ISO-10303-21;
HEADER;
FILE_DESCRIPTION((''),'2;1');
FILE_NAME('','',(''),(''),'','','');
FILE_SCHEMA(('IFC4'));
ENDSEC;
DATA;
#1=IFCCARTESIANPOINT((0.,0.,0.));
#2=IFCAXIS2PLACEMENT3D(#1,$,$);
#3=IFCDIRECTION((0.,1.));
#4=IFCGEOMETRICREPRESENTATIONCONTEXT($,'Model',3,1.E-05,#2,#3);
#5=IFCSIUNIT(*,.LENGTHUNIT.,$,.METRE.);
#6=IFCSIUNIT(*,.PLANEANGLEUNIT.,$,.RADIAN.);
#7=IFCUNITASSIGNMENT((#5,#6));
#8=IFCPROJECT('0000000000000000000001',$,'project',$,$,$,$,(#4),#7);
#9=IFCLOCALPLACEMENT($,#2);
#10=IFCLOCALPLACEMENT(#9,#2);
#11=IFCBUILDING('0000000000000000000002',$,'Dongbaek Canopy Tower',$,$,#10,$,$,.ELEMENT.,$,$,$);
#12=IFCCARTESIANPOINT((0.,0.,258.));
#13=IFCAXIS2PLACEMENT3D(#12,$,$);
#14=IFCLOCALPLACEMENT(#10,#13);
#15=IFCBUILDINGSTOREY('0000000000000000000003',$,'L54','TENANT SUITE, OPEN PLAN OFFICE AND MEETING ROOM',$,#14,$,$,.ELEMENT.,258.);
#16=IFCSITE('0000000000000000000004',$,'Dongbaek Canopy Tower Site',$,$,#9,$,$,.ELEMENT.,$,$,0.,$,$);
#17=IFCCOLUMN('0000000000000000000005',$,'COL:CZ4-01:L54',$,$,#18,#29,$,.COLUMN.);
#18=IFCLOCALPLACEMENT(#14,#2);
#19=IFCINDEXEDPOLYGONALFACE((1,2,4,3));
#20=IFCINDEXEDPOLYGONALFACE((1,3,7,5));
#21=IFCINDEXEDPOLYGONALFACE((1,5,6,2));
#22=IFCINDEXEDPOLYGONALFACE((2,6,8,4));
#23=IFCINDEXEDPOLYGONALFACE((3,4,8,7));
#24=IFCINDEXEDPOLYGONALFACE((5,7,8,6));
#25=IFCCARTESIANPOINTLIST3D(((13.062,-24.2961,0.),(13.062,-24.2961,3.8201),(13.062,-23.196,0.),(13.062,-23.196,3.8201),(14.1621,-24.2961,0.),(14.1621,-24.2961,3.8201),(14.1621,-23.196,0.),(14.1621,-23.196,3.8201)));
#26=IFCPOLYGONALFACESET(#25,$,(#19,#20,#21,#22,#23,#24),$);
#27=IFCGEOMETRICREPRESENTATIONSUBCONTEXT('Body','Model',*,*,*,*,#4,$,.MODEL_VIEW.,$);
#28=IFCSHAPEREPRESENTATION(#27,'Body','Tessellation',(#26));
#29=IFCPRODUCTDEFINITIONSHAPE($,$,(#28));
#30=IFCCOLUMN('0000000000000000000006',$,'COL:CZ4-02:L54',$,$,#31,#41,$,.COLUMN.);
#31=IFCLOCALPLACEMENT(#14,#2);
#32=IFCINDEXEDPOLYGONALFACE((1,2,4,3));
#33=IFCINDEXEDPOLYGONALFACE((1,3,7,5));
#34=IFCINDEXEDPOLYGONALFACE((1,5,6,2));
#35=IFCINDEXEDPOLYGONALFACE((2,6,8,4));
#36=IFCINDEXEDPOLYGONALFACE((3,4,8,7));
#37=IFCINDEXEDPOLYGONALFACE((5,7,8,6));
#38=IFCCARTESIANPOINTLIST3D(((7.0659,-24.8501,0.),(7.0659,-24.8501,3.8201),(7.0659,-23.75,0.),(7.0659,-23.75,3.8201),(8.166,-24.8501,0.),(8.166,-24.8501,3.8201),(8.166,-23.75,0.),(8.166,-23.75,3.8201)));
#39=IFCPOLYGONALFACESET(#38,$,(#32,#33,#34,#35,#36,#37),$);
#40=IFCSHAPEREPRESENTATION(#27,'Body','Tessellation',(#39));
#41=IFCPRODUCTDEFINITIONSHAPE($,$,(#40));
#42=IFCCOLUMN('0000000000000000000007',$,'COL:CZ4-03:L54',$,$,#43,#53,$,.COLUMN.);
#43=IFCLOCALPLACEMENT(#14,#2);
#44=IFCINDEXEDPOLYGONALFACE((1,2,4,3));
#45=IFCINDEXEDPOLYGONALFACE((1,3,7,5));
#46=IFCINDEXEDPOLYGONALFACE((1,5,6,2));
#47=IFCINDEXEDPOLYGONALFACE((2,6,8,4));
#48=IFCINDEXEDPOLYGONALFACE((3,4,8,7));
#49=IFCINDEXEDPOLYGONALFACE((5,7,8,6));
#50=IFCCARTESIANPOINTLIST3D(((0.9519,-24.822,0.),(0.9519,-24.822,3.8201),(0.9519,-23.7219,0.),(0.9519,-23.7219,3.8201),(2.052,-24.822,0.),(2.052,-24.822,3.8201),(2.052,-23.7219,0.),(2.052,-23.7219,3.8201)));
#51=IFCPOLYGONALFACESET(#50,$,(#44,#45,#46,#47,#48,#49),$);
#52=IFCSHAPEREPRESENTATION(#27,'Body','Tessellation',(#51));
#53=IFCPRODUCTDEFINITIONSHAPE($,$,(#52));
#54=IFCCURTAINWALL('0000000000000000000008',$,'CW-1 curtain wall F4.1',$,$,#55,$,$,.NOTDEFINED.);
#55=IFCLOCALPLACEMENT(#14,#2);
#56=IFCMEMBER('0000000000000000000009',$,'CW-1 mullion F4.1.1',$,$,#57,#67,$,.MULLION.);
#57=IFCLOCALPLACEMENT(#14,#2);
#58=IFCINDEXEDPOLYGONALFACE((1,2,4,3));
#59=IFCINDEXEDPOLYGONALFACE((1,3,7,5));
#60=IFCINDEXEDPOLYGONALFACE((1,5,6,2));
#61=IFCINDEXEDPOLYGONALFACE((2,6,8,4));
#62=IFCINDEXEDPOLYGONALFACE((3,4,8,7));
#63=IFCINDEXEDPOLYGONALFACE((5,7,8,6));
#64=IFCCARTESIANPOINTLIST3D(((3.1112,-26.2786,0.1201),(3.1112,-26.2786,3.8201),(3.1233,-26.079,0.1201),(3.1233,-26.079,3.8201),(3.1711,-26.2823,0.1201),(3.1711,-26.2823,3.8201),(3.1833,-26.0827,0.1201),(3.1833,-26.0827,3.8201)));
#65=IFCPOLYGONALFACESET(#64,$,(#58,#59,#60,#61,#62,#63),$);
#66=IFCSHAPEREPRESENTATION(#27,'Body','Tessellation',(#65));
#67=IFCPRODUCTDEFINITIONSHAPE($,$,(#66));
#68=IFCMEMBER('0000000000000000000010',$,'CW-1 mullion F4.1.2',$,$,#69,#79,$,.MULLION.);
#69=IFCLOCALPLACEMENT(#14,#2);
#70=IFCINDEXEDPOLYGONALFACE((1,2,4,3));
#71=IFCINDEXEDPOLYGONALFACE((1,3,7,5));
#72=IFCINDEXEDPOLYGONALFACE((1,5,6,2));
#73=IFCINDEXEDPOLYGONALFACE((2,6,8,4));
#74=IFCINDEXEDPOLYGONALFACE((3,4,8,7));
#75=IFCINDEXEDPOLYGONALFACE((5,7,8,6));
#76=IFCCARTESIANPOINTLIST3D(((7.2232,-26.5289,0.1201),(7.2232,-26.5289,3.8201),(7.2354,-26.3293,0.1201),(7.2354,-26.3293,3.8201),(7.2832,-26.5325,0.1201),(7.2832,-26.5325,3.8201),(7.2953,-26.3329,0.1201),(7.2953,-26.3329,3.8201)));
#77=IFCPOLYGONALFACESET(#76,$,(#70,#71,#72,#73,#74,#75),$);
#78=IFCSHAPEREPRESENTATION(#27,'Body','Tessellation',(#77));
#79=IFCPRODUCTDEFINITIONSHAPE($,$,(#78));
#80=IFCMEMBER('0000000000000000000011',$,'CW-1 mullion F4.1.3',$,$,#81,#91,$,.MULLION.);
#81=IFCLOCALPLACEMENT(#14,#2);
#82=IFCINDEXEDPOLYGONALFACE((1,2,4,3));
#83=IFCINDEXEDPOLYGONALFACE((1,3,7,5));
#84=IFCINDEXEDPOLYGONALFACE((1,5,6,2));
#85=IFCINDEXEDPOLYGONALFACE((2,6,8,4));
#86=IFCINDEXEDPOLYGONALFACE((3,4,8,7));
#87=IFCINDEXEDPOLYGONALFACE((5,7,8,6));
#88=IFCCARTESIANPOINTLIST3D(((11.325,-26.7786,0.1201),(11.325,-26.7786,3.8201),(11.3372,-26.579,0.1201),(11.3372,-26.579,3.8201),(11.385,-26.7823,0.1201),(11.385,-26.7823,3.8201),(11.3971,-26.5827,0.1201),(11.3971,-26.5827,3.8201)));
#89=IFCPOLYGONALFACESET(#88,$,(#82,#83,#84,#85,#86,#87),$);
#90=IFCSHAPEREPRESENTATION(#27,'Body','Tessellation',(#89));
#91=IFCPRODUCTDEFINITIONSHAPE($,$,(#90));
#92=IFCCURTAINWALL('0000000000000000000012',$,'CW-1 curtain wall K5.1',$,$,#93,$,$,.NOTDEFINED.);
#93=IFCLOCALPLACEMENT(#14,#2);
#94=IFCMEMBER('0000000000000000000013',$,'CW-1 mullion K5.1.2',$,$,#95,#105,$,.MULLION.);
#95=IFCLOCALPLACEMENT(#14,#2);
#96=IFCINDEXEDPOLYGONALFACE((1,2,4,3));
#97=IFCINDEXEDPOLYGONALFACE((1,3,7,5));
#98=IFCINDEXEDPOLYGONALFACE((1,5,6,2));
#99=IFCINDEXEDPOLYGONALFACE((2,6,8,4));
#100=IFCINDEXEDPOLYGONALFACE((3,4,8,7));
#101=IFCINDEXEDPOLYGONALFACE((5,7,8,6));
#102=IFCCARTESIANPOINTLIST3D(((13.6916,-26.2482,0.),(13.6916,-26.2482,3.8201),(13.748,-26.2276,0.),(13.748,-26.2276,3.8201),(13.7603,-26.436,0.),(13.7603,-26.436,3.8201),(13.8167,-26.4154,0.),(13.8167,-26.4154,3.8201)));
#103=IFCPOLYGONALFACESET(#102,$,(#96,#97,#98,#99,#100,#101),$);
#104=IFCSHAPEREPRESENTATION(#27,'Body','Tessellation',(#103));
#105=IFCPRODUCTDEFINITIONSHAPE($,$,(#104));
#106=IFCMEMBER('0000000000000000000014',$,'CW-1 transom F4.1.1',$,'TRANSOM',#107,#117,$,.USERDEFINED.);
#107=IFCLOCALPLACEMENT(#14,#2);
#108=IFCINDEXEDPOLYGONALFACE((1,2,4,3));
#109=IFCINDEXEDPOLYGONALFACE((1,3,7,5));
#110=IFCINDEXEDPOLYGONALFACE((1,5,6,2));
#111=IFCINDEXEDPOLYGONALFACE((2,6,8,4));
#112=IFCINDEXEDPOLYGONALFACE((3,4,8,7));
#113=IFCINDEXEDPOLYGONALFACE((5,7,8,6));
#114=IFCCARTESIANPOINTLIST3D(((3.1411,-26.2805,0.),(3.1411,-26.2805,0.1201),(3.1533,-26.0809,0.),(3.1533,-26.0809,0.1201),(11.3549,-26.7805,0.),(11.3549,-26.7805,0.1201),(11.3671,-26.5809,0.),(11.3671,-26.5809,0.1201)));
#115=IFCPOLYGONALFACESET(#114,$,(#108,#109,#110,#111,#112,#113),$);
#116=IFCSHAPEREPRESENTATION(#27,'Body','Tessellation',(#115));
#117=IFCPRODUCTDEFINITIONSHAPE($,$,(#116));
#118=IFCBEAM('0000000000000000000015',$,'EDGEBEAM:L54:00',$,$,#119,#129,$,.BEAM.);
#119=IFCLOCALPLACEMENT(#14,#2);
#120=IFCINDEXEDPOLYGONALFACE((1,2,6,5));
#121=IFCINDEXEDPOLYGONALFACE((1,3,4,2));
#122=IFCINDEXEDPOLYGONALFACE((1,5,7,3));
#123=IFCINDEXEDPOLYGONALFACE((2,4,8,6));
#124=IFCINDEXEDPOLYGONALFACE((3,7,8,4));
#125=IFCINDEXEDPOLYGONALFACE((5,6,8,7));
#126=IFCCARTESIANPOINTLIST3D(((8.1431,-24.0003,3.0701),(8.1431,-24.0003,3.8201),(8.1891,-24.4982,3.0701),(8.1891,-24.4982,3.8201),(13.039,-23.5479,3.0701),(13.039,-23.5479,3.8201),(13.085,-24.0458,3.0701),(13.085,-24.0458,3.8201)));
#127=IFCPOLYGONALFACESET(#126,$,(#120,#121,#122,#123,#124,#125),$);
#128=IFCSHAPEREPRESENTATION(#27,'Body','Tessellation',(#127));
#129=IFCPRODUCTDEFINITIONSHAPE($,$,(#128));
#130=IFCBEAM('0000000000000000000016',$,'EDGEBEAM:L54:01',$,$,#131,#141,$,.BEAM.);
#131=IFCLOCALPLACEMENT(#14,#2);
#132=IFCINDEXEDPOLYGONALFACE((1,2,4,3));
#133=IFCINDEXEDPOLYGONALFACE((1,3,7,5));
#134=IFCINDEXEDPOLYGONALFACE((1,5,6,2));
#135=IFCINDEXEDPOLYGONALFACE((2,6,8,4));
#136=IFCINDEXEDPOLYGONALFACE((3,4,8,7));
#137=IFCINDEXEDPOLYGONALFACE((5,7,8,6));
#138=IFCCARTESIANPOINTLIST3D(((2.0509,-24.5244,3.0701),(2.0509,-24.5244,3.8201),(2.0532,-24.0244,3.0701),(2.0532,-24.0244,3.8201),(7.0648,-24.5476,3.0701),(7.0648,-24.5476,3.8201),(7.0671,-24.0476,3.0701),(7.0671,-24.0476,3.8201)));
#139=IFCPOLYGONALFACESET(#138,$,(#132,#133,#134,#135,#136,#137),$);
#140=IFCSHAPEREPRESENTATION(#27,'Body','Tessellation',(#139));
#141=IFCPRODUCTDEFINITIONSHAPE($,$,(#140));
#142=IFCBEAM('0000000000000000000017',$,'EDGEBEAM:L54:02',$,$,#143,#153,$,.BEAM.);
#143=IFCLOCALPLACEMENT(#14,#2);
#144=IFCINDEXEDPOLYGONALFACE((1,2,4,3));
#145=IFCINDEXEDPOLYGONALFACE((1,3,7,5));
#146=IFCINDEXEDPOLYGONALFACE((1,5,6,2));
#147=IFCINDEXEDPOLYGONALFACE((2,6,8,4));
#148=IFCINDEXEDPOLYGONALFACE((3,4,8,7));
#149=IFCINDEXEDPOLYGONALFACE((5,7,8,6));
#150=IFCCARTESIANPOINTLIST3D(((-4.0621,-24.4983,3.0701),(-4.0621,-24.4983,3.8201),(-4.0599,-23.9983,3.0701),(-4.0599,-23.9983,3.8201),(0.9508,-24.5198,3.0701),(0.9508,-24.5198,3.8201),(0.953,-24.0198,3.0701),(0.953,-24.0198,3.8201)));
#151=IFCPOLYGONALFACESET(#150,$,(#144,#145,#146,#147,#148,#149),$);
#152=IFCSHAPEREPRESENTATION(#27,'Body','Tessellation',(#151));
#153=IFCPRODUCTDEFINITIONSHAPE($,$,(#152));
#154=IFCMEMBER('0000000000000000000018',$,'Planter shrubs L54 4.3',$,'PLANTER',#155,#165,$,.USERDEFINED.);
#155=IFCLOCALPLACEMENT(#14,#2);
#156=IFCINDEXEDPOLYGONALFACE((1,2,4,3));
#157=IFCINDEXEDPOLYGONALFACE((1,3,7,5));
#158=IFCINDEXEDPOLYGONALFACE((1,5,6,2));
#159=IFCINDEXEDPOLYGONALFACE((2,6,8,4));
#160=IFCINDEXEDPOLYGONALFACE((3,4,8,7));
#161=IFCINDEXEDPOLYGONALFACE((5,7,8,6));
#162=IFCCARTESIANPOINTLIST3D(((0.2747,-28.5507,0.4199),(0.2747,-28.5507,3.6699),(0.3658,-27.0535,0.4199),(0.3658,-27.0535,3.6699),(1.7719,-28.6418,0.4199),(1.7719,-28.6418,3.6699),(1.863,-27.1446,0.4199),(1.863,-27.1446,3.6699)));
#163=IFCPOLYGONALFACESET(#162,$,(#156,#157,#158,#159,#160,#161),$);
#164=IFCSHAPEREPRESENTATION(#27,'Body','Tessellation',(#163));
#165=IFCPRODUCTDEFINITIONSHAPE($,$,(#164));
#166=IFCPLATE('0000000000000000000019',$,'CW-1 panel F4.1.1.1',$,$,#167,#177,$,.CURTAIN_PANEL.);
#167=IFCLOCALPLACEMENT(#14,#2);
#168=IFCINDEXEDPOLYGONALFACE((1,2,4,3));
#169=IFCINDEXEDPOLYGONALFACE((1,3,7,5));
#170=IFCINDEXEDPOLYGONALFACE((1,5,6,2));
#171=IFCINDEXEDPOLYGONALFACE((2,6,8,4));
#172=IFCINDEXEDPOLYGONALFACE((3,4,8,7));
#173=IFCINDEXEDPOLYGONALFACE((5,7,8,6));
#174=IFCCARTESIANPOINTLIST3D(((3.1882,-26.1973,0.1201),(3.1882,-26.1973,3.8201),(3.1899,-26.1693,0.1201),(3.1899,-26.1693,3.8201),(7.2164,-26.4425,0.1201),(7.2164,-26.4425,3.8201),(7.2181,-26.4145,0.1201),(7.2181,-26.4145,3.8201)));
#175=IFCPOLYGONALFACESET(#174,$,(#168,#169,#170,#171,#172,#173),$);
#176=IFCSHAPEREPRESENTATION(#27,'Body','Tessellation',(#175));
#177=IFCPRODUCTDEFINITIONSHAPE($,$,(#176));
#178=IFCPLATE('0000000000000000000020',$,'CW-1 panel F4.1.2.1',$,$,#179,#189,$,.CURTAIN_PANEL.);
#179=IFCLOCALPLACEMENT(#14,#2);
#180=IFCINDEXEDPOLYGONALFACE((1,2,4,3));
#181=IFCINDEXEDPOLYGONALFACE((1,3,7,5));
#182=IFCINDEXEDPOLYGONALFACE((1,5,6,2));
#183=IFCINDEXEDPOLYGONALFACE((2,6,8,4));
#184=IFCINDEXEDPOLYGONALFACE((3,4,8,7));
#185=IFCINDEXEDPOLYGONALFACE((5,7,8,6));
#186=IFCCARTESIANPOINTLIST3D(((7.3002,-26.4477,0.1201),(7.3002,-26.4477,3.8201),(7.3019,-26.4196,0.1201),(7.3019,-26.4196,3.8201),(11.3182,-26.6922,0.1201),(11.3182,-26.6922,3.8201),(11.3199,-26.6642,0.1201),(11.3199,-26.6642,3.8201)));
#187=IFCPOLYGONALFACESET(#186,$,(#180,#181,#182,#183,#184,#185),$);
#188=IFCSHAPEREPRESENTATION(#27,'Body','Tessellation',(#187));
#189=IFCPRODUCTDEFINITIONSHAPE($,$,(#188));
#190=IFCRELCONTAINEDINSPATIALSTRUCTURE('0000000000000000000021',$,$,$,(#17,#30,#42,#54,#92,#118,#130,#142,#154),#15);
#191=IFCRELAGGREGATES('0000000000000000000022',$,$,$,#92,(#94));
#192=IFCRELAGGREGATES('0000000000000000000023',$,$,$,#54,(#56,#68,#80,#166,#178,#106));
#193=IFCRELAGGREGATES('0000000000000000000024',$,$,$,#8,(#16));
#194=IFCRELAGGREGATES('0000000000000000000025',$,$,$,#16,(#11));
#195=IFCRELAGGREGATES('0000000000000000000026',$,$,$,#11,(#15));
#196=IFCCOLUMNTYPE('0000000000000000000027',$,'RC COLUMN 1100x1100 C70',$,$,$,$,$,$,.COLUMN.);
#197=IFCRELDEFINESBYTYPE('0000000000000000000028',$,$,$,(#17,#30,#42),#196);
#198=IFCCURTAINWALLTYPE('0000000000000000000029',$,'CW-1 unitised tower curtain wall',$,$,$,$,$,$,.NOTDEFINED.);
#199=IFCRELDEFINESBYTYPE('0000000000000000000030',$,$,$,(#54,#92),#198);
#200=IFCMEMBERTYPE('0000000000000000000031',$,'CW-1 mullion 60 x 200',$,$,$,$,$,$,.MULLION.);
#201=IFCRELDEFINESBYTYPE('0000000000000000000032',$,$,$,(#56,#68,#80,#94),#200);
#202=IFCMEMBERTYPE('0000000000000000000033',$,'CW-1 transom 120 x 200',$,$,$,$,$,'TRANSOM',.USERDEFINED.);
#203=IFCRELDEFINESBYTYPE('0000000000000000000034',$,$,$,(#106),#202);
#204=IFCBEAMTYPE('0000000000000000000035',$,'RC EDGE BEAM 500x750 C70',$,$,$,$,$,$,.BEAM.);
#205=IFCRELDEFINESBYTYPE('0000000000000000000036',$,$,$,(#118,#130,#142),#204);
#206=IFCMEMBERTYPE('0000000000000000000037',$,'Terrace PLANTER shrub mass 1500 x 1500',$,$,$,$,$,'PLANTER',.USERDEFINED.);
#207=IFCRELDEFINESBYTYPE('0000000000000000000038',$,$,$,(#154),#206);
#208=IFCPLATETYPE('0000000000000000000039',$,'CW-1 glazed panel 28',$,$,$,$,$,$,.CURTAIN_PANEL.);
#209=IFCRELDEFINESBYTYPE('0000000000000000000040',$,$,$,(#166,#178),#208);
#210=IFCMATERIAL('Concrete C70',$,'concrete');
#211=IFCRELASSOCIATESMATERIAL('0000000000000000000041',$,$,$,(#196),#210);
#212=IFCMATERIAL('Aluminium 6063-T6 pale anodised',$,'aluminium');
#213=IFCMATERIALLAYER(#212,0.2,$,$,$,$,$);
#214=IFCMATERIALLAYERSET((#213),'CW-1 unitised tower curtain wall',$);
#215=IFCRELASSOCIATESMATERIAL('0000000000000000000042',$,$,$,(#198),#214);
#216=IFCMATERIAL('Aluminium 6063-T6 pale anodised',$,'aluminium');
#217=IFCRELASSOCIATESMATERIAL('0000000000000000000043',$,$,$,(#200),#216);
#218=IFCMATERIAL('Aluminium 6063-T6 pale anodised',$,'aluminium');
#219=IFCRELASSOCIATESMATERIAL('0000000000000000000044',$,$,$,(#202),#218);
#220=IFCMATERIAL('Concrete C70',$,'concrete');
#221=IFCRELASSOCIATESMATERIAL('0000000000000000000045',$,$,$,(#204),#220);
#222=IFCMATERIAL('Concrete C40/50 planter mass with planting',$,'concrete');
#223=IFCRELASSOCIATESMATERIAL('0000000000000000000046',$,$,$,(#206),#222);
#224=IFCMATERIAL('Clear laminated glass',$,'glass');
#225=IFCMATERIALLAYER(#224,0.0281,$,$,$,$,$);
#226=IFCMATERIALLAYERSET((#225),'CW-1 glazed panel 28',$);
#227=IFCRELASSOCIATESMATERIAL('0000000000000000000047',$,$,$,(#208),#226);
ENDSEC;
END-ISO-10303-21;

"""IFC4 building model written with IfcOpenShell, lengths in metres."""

from ifc_helpers import new_model, si_unit, direction, frame, origin, origin_2d, place, context, subcontext, project, spatial, rectangle, extrude, material, layer, layer_set, material_profile, profile_set, type_object, element, aggregate, save


model = new_model("IFC4")

# Units and contexts
model_context = context("Model", 3, precision=1e-05, world=origin(), true_north=direction((0.0, 1.0)))
body_context = subcontext(model_context, "Body", "Model", "MODEL_VIEW")
ifc_project = project(units=[si_unit("LENGTHUNIT", "METRE"), si_unit("PLANEANGLEUNIT", "RADIAN")], contexts=[model_context])

# Site, building, storey
site_placement = place(None, origin())
site = spatial("IfcSite", under=ifc_project, at=site_placement, Name="Dongbaek Canopy Tower Site", CompositionType="ELEMENT", RefElevation=0.0)
building_placement = place(site_placement, origin())
building = spatial("IfcBuilding", under=site, at=building_placement, Name="Dongbaek Canopy Tower", CompositionType="ELEMENT")
storey_placement = place(building_placement, frame((0.0, 0.0, 258.0)))
storey = spatial("IfcBuildingStorey", under=building, at=storey_placement, Name="L54", Description="TENANT SUITE, OPEN PLAN OFFICE AND MEETING ROOM", CompositionType="ELEMENT", Elevation=258.0)

# Columns
ifc_material_1 = material(Name="Concrete C70", Category="concrete")
ifc_material_profile_1 = material_profile(ifc_material_1, rectangle(XDim=1.1001, YDim=1.1001, at=origin_2d()), Name="RC COLUMN 1100x1100 C70")
ifc_profile_set_1 = profile_set([ifc_material_profile_1], Name="Concrete C70")
column_type = type_object("IfcColumnType", Name="RC COLUMN 1100x1100 C70", PredefinedType="COLUMN", material=ifc_profile_set_1)
for number, where, z_axis, x_axis, name in (
    (1, (13.6121, -23.7461, 0.0), (0.0, 0.0, 1.0), (1.0, 0.0, 0.0), "COL:CZ4-01:L54"),
    (2, (7.616, -24.3, 0.0), (0.0, 0.0, 1.0), (1.0, 0.0, 0.0), "COL:CZ4-02:L54"),
    (3, (1.502, -24.272, 0.0), (0.0, 0.0, 1.0), (1.0, 0.0, 0.0), "COL:CZ4-03:L54"),
):
    element("IfcColumn", number, at=place(storey_placement, frame(where, z_axis=z_axis, x_axis=x_axis)), inside=storey, type_object=column_type, Name=name, PredefinedType="COLUMN", context=body_context, shape_type="SweptSolid", body=[
        extrude(rectangle(XDim=1.1001, YDim=1.1001, at=origin_2d()), origin(), (0.0, 0.0, 1.0), 3.8201),
    ])

# Curtain wall, members
ifc_material_2 = material(Name="Aluminium 6063-T6 pale anodised", Category="aluminium")
ifc_layer_1 = layer(ifc_material_2, 0.2)
ifc_layer_set_1 = layer_set([ifc_layer_1], Name="CW-1 unitised tower curtain wall")
curtain_wall_type = type_object("IfcCurtainWallType", Name="CW-1 unitised tower curtain wall", PredefinedType="NOTDEFINED", material=ifc_layer_set_1)
curtain_wall_1_placement = place(storey_placement, origin())
curtain_wall_1 = element("IfcCurtainWall", 4, at=curtain_wall_1_placement, inside=storey, type_object=curtain_wall_type, Name="CW-1 curtain wall F4.1", PredefinedType="NOTDEFINED")
ifc_material_3 = material(Name="Aluminium 6063-T6 pale anodised", Category="aluminium")
ifc_material_profile_2 = material_profile(ifc_material_3, rectangle(XDim=0.2, YDim=0.0601, at=origin_2d()), Name="CW-1 mullion 60 x 200")
ifc_profile_set_2 = profile_set([ifc_material_profile_2], Name="Aluminium 6063-T6 pale anodised")
member_type_1 = type_object("IfcMemberType", Name="CW-1 mullion 60 x 200", PredefinedType="MULLION", material=ifc_profile_set_2)
member_1_placement = place(storey_placement, frame((3.1472, -26.1807, 0.1201), z_axis=(0.0, 0.0, 1.0), x_axis=(-0.060746, -0.998153, 0.0)))
member_1 = element("IfcMember", 5, at=member_1_placement, type_object=member_type_1, Name="CW-1 mullion F4.1.1", PredefinedType="MULLION", context=body_context, shape_type="SweptSolid", body=[
    extrude(rectangle(XDim=0.2, YDim=0.0601, at=origin_2d()), origin(), (0.0, 0.0, 1.0), 3.7),
])
member_2_placement = place(storey_placement, frame((7.2593, -26.4309, 0.1201), z_axis=(0.0, 0.0, 1.0), x_axis=(-0.060746, -0.998153, 0.0)))
member_2 = element("IfcMember", 6, at=member_2_placement, type_object=member_type_1, Name="CW-1 mullion F4.1.2", PredefinedType="MULLION", context=body_context, shape_type="SweptSolid", body=[
    extrude(rectangle(XDim=0.2, YDim=0.0601, at=origin_2d()), origin(), (0.0, 0.0, 1.0), 3.7),
])
member_3_placement = place(storey_placement, frame((11.3611, -26.6807, 0.1201), z_axis=(0.0, 0.0, 1.0), x_axis=(-0.060746, -0.998153, 0.0)))
member_3 = element("IfcMember", 7, at=member_3_placement, type_object=member_type_1, Name="CW-1 mullion F4.1.3", PredefinedType="MULLION", context=body_context, shape_type="SweptSolid", body=[
    extrude(rectangle(XDim=0.2, YDim=0.0601, at=origin_2d()), origin(), (0.0, 0.0, 1.0), 3.7),
])

# Curtain wall, member
curtain_wall_2_placement = place(storey_placement, origin())
curtain_wall_2 = element("IfcCurtainWall", 8, at=curtain_wall_2_placement, inside=storey, type_object=curtain_wall_type, Name="CW-1 curtain wall K5.1", PredefinedType="NOTDEFINED")
member_4_placement = place(storey_placement, frame((13.7542, -26.3318, 0.0), z_axis=(0.0, 0.0, 1.0), x_axis=(0.343242, -0.939247, 0.0)))
member_4 = element("IfcMember", 9, at=member_4_placement, type_object=member_type_1, Name="CW-1 mullion K5.1.2", PredefinedType="MULLION", context=body_context, shape_type="SweptSolid", body=[
    extrude(rectangle(XDim=0.2, YDim=0.0601, at=origin_2d()), origin(), (0.0, 0.0, 1.0), 3.8201),
])

# Member
ifc_material_4 = material(Name="Aluminium 6063-T6 pale anodised", Category="aluminium")
ifc_material_profile_3 = material_profile(ifc_material_4, rectangle(XDim=0.2, YDim=0.1201, at=origin_2d()), Name="CW-1 transom 120 x 200")
ifc_profile_set_3 = profile_set([ifc_material_profile_3], Name="Aluminium 6063-T6 pale anodised")
member_type_2 = type_object("IfcMemberType", Name="CW-1 transom 120 x 200", ElementType="TRANSOM", PredefinedType="USERDEFINED", material=ifc_profile_set_3)
member_5_placement = place(storey_placement, frame((3.1472, -26.1807, 0.0601), z_axis=(0.998152, -0.06076, 0.0), x_axis=(0.06076, 0.998152, 0.0)))
member_5 = element("IfcMember", 10, at=member_5_placement, type_object=member_type_2, Name="CW-1 transom F4.1.1", ObjectType="TRANSOM", PredefinedType="USERDEFINED", context=body_context, shape_type="SweptSolid", body=[
    extrude(rectangle(XDim=0.2, YDim=0.1201, at=origin_2d()), origin(), (0.0, 0.0, 1.0), 8.229),
])

# Beams
ifc_material_5 = material(Name="Concrete C70", Category="concrete")
ifc_material_profile_4 = material_profile(ifc_material_5, rectangle(XDim=0.5, YDim=0.75, at=origin_2d()), Name="RC EDGE BEAM 500x750 C70")
ifc_profile_set_4 = profile_set([ifc_material_profile_4], Name="Concrete C70")
beam_type = type_object("IfcBeamType", Name="RC EDGE BEAM 500x750 C70", PredefinedType="BEAM", material=ifc_profile_set_4)
beam_1_placement = place(storey_placement, frame((13.062, -23.7969, 3.4451), z_axis=(-0.995758, -0.092009, 0.0), x_axis=(0.092009, -0.995758, 0.0)))
element("IfcBeam", 11, at=beam_1_placement, inside=storey, type_object=beam_type, Name="EDGEBEAM:L54:00", PredefinedType="BEAM", context=body_context, shape_type="SweptSolid", body=[
    extrude(rectangle(XDim=0.5, YDim=0.75, at=origin_2d()), origin(), (0.0, 0.0, 1.0), 4.9167),
])
beam_2_placement = place(storey_placement, frame((7.0659, -24.2976, 3.4451), z_axis=(-0.999989, 0.004626, 0.0), x_axis=(-0.004626, -0.999989, 0.0)))
element("IfcBeam", 12, at=beam_2_placement, inside=storey, type_object=beam_type, Name="EDGEBEAM:L54:01", PredefinedType="BEAM", context=body_context, shape_type="SweptSolid", body=[
    extrude(rectangle(XDim=0.5, YDim=0.75, at=origin_2d()), origin(), (0.0, 0.0, 1.0), 5.0139),
])
beam_3_placement = place(storey_placement, frame((0.9519, -24.2698, 3.4451), z_axis=(-0.999991, 0.004286, 0.0), x_axis=(-0.004286, -0.999991, 0.0)))
element("IfcBeam", 13, at=beam_3_placement, inside=storey, type_object=beam_type, Name="EDGEBEAM:L54:02", PredefinedType="BEAM", context=body_context, shape_type="SweptSolid", body=[
    extrude(rectangle(XDim=0.5, YDim=0.75, at=origin_2d()), origin(), (0.0, 0.0, 1.0), 5.0129),
])

# Member
ifc_material_6 = material(Name="Concrete C40/50 planter mass with planting", Category="concrete")
ifc_material_profile_5 = material_profile(ifc_material_6, rectangle(XDim=1.5, YDim=1.5, at=origin_2d()), Name="Terrace PLANTER shrub mass 1500 x 1500")
ifc_profile_set_5 = profile_set([ifc_material_profile_5], Name="Concrete C40/50 planter mass with planting")
member_type_3 = type_object("IfcMemberType", Name="Terrace PLANTER shrub mass 1500 x 1500", ElementType="PLANTER", PredefinedType="USERDEFINED", material=ifc_profile_set_5)
member_6_placement = place(storey_placement, frame((1.0688, -27.8477, 0.4199), z_axis=(0.0, 0.0, 1.0), x_axis=(-0.060746, -0.998153, 0.0)))
element("IfcMember", 14, at=member_6_placement, inside=storey, type_object=member_type_3, Name="Planter shrubs L54 4.3", ObjectType="PLANTER", PredefinedType="USERDEFINED", context=body_context, shape_type="SweptSolid", body=[
    extrude(rectangle(XDim=1.5, YDim=1.5, at=origin_2d()), origin(), (0.0, 0.0, 1.0), 3.25),
])

# Plates
ifc_material_7 = material(Name="Clear laminated glass", Category="glass")
ifc_layer_2 = layer(ifc_material_7, 0.0281)
ifc_layer_set_2 = layer_set([ifc_layer_2], Name="CW-1 glazed panel 28")
plate_type = type_object("IfcPlateType", Name="CW-1 glazed panel 28", PredefinedType="CURTAIN_PANEL", material=ifc_layer_set_2)
plate_1_placement = place(storey_placement, frame((5.2031, -26.3059, 0.1201), z_axis=(0.0, 0.0, 1.0), x_axis=(0.998153, -0.060746, 0.0)))
plate_1 = element("IfcPlate", 15, at=plate_1_placement, type_object=plate_type, Name="CW-1 panel F4.1.1.1", PredefinedType="CURTAIN_PANEL", context=body_context, shape_type="SweptSolid", body=[
    extrude(rectangle(XDim=4.0356, YDim=0.0281, at=origin_2d()), origin(), (0.0, 0.0, 1.0), 3.7),
])
plate_2_placement = place(storey_placement, frame((9.3101, -26.5559, 0.1201), z_axis=(0.0, 0.0, 1.0), x_axis=(0.998153, -0.060746, 0.0)))
plate_2 = element("IfcPlate", 16, at=plate_2_placement, type_object=plate_type, Name="CW-1 panel F4.1.2.1", PredefinedType="CURTAIN_PANEL", context=body_context, shape_type="SweptSolid", body=[
    extrude(rectangle(XDim=4.0254, YDim=0.0281, at=origin_2d()), origin(), (0.0, 0.0, 1.0), 3.7),
])
aggregate(curtain_wall_2, [member_4])

aggregate(curtain_wall_1, [member_1, member_2, member_3, plate_1, plate_2, member_5])

save(model, "model.ifc")
